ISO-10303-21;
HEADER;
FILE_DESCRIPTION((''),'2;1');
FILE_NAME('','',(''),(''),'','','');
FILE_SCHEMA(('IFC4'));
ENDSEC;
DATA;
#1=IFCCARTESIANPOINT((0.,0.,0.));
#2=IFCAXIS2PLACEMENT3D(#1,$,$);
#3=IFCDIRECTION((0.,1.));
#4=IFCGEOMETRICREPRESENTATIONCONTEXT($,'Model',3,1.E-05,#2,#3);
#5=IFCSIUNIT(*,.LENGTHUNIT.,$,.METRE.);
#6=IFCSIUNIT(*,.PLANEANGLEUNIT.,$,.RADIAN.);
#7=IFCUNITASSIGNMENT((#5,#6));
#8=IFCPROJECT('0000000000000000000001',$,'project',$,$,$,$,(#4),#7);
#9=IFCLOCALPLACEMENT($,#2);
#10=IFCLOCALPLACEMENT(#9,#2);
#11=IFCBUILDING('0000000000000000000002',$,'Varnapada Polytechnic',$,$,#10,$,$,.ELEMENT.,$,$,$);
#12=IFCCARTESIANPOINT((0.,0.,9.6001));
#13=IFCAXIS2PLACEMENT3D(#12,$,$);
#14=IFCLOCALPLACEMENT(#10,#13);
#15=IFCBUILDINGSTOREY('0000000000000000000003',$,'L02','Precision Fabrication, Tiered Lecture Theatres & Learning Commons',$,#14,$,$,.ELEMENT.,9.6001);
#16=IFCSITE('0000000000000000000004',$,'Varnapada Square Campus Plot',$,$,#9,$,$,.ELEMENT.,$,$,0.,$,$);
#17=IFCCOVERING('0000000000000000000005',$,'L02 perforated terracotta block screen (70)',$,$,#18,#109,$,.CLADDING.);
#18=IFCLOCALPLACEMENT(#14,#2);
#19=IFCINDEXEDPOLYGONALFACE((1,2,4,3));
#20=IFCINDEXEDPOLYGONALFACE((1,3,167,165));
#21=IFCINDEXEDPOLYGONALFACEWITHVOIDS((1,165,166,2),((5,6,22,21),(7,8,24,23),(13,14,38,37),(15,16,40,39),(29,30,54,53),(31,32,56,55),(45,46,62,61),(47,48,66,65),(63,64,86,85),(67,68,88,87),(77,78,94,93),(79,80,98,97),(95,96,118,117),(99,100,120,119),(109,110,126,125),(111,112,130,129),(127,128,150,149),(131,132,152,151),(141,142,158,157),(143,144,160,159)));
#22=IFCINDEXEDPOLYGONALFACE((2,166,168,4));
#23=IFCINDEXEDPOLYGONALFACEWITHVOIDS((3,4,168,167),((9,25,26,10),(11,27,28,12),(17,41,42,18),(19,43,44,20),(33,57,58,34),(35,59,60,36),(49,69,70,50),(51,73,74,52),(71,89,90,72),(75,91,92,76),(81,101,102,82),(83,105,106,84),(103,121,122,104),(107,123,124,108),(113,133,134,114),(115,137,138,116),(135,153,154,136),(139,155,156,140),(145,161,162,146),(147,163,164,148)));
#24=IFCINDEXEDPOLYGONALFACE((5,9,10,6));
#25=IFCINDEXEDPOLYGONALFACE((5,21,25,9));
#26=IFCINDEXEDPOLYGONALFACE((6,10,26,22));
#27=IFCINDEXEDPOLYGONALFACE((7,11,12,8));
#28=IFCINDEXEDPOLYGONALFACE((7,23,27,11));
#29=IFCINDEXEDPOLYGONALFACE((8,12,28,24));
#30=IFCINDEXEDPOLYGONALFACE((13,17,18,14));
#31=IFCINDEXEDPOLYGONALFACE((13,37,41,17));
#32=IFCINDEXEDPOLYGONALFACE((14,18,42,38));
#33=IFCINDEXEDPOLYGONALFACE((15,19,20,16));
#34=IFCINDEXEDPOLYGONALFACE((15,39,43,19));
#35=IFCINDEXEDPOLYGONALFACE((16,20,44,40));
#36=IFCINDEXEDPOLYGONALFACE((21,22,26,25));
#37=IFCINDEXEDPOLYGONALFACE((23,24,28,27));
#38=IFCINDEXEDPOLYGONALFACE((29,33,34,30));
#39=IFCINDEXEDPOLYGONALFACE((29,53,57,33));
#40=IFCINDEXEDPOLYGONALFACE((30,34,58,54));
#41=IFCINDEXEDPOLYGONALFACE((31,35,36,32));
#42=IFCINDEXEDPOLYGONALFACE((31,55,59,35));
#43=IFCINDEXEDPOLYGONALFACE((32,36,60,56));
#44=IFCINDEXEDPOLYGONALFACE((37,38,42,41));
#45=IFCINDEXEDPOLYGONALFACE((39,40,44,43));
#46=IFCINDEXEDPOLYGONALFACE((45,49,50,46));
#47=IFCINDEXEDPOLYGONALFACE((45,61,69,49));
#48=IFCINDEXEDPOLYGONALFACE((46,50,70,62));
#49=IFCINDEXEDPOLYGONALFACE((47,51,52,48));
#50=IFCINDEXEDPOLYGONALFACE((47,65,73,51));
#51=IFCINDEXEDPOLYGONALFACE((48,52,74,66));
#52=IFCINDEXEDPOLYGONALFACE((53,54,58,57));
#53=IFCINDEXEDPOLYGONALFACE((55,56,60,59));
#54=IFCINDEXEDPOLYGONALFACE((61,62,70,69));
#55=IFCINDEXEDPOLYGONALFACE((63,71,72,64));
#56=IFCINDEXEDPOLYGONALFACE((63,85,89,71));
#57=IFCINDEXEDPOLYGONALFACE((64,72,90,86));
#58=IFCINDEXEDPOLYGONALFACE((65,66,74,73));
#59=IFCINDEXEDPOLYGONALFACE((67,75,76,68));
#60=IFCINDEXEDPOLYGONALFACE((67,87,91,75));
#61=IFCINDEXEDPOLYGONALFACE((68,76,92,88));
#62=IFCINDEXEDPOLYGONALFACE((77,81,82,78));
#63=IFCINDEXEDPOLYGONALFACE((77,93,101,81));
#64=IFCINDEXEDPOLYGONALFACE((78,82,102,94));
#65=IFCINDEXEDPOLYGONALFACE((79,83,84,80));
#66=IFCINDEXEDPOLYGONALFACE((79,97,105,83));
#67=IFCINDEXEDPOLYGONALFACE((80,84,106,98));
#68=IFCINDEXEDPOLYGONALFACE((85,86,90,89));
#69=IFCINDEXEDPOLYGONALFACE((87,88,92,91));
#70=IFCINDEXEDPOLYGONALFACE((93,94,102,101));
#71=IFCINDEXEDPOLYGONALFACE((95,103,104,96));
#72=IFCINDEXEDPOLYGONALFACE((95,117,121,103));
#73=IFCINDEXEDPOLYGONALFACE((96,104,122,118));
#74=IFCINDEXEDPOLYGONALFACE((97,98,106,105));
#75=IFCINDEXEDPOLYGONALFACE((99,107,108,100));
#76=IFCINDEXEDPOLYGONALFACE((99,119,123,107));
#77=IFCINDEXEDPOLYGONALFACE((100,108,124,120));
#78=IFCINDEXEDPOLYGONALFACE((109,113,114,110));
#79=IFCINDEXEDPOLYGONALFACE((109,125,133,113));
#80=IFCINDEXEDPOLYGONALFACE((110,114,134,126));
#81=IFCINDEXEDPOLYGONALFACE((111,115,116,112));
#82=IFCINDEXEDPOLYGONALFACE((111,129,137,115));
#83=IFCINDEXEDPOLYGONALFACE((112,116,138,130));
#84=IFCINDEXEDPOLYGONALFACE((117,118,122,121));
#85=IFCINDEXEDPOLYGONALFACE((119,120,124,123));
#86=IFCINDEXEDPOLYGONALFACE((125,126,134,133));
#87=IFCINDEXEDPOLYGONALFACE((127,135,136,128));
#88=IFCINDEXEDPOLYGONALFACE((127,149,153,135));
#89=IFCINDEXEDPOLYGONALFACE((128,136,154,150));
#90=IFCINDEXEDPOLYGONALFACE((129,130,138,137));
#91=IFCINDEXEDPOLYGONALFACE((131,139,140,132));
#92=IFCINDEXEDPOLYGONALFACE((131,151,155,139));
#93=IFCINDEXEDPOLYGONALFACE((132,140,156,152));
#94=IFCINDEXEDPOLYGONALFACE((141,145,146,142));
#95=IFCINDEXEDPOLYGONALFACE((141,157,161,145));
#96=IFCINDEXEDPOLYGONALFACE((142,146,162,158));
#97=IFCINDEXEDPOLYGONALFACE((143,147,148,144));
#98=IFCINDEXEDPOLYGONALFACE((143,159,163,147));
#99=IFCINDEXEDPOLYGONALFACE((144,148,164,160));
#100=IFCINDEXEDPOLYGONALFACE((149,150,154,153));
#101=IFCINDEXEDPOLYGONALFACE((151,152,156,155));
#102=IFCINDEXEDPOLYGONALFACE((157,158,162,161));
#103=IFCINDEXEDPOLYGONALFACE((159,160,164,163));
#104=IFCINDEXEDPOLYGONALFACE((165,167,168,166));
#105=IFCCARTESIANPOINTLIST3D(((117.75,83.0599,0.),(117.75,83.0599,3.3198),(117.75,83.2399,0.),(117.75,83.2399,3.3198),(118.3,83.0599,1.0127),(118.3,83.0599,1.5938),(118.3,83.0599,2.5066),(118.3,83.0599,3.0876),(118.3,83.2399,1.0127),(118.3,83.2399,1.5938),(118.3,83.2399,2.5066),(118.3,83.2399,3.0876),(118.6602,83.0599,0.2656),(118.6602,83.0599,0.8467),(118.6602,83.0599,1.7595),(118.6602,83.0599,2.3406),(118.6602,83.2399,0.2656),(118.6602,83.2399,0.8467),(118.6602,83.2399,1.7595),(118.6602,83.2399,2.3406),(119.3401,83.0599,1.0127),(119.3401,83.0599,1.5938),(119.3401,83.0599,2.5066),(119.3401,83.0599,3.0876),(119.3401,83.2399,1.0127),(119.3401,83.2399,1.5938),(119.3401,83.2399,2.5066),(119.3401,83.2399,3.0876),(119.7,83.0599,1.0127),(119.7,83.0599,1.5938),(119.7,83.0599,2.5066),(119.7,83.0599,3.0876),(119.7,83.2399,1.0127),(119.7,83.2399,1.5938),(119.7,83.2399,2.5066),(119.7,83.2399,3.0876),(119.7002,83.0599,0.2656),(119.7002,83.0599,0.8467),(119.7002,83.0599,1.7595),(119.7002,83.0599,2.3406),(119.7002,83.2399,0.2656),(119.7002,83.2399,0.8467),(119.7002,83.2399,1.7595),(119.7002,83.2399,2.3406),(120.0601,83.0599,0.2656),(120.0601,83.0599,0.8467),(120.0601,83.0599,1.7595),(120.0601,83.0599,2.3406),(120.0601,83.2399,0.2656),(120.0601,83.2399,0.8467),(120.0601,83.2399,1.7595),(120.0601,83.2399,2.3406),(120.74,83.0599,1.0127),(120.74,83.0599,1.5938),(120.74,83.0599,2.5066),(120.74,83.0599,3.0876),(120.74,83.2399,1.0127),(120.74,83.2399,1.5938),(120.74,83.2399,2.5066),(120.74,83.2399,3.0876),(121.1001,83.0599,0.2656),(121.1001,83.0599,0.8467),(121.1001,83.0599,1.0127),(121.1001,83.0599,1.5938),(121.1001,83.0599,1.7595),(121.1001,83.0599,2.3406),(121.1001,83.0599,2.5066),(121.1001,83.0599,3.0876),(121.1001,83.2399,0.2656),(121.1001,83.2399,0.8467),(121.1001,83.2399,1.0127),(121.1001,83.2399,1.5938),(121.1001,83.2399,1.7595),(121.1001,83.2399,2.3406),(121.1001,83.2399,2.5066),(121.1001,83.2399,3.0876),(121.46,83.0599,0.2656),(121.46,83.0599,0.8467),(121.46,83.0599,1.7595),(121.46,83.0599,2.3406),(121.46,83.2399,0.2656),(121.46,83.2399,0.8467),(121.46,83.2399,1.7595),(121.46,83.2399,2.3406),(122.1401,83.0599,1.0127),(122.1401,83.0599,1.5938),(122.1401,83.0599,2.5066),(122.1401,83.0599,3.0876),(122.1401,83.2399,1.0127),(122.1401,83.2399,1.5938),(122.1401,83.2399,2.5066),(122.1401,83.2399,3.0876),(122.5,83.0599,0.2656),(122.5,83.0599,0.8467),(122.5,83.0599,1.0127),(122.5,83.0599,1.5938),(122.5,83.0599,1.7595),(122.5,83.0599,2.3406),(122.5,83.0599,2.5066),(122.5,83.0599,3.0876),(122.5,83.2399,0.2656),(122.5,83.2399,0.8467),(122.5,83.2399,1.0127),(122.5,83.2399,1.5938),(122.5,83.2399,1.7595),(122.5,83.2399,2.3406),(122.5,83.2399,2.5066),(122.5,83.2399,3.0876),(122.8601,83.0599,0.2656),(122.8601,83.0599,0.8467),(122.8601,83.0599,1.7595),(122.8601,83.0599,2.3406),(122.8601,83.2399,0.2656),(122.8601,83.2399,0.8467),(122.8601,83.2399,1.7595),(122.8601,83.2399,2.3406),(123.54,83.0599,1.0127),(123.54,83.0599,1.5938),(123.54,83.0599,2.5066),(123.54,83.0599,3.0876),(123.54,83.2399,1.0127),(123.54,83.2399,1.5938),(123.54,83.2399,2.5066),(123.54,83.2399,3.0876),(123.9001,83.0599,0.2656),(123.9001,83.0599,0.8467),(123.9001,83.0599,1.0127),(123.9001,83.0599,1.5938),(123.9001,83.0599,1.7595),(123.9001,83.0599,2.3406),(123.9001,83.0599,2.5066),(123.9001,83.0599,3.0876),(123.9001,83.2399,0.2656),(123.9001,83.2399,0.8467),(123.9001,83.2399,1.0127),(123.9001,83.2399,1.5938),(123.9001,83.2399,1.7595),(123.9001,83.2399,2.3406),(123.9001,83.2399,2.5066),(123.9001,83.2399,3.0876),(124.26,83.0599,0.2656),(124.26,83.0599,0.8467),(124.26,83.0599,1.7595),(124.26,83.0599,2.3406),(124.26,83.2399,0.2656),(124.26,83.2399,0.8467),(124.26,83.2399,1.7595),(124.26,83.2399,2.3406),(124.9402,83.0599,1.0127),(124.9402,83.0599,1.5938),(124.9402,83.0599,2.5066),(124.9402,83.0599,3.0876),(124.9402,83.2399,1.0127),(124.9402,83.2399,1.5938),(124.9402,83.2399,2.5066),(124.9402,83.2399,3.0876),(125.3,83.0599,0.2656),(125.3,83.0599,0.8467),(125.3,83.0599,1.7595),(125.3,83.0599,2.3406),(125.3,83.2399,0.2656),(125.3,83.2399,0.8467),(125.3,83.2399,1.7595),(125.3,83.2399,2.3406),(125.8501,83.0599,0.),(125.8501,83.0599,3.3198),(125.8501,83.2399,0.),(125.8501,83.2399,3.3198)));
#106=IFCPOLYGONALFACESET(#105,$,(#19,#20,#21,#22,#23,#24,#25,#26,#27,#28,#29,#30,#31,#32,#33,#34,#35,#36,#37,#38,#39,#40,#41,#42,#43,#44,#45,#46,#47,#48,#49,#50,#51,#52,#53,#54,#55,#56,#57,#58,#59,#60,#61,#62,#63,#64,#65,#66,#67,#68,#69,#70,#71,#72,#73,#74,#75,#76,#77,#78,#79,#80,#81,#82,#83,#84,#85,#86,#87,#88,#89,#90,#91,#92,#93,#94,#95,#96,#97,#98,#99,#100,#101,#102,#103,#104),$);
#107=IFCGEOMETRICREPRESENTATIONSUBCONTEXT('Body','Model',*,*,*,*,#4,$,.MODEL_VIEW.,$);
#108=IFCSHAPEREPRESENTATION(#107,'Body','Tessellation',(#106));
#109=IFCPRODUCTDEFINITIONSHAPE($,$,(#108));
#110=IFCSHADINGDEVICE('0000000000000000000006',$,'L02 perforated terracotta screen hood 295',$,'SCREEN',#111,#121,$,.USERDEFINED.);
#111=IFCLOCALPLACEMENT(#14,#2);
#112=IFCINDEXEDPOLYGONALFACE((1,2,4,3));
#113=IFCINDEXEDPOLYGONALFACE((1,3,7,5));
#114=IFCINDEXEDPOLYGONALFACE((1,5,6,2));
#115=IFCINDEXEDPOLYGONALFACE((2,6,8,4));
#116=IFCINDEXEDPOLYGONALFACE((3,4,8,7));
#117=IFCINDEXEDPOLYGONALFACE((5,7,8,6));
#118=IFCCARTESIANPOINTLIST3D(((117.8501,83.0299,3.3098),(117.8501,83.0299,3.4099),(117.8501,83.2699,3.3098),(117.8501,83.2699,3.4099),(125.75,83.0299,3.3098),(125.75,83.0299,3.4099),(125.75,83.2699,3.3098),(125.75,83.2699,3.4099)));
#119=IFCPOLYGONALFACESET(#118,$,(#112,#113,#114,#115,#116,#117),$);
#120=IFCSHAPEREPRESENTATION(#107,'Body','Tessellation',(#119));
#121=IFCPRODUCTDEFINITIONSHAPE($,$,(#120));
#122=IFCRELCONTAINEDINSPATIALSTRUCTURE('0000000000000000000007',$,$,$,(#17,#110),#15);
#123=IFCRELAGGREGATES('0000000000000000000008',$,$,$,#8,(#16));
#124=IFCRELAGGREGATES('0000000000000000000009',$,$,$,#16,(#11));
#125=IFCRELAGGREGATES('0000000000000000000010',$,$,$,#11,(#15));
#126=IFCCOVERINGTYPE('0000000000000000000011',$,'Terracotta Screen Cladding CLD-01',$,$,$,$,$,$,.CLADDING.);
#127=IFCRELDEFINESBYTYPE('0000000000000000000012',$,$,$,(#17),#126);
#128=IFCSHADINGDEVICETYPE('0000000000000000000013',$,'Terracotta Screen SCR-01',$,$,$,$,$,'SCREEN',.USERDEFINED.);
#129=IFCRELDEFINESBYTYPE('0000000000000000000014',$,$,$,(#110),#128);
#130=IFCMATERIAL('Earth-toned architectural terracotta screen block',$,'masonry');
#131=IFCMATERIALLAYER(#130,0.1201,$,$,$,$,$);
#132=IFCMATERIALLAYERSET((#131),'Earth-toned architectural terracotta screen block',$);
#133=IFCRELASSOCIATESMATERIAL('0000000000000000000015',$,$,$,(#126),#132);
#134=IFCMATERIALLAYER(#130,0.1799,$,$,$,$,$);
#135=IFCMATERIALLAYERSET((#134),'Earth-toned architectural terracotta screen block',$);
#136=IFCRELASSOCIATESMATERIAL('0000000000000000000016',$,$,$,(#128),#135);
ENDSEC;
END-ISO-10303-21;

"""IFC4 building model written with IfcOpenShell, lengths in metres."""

from ifc_helpers import new_model, si_unit, direction, frame, frame_2d, origin, origin_2d, place, context, subcontext, project, spatial, rectangle, extrude, material, layer, layer_set, type_object, element, save


model = new_model("IFC4")

# Units and contexts
model_context = context("Model", 3, precision=1e-05, world=origin(), true_north=direction((0.0, 1.0)))
body_context = subcontext(model_context, "Body", "Model", "MODEL_VIEW")
ifc_project = project(units=[si_unit("LENGTHUNIT", "METRE"), si_unit("PLANEANGLEUNIT", "RADIAN")], contexts=[model_context])

# Site, building, storey
site_placement = place(None, origin())
site = spatial("IfcSite", under=ifc_project, at=site_placement, Name="Varnapada Square Campus Plot", CompositionType="ELEMENT", RefElevation=0.0)
building_placement = place(site_placement, origin())
building = spatial("IfcBuilding", under=site, at=building_placement, Name="Varnapada Polytechnic", CompositionType="ELEMENT")
storey_placement = place(building_placement, frame((0.0, 0.0, 9.6001)))
storey = spatial("IfcBuildingStorey", under=building, at=storey_placement, Name="L02", Description="Precision Fabrication, Tiered Lecture Theatres & Learning Commons", CompositionType="ELEMENT", Elevation=9.6001)

# Covering, openings
ifc_material_1 = material(Name="Earth-toned architectural terracotta screen block", Category="masonry")
ifc_layer_1 = layer(ifc_material_1, 0.1201)
ifc_layer_set_1 = layer_set([ifc_layer_1], Name="Earth-toned architectural terracotta screen block")
covering_type = type_object("IfcCoveringType", Name="Terracotta Screen Cladding CLD-01", PredefinedType="CLADDING", material=ifc_layer_set_1)
covering_placement = place(storey_placement, frame((125.8501, 83.1499, 0.0), z_axis=(0.0, 0.0, 1.0), x_axis=(-1.0, 0.0, 0.0)))
covering = element("IfcCovering", 1, at=covering_placement, inside=storey, type_object=covering_type, Name="L02 perforated terracotta block screen (70)", PredefinedType="CLADDING", context=body_context, shape_type="SweptSolid", body=[
    extrude(rectangle(XDim=8.1001, YDim=0.1799, at=frame_2d((4.05, 0.0))), origin(), (0.0, 0.0, 1.0), 3.3198),
])
opening_1_placement = place(covering_placement, frame((0.55, 0.0, 0.2656)))
element("IfcOpeningElement", 2, at=opening_1_placement, cuts=covering, PredefinedType="OPENING", context=body_context, shape_type="SweptSolid", body=[
    extrude(rectangle(XDim=1.04, YDim=0.5811, at=frame_2d((0.52, 0.2905))), frame((0.0, 0.0999, 0.0), z_axis=(0.0, -1.0, 0.0), x_axis=(1.0, 0.0, 0.0)), (0.0, 0.0, 1.0), 0.2),
])
opening_2_placement = place(covering_placement, frame((1.95, 0.0, 0.2656)))
element("IfcOpeningElement", 3, at=opening_2_placement, cuts=covering, PredefinedType="OPENING", context=body_context, shape_type="SweptSolid", body=[
    extrude(rectangle(XDim=1.04, YDim=0.5811, at=frame_2d((0.52, 0.2905))), frame((0.0, 0.0999, 0.0), z_axis=(0.0, -1.0, 0.0), x_axis=(1.0, 0.0, 0.0)), (0.0, 0.0, 1.0), 0.2),
])
opening_3_placement = place(covering_placement, frame((3.3501, 0.0, 0.2656)))
element("IfcOpeningElement", 4, at=opening_3_placement, cuts=covering, PredefinedType="OPENING", context=body_context, shape_type="SweptSolid", body=[
    extrude(rectangle(XDim=1.04, YDim=0.5811, at=frame_2d((0.52, 0.2905))), frame((0.0, 0.0999, 0.0), z_axis=(0.0, -1.0, 0.0), x_axis=(1.0, 0.0, 0.0)), (0.0, 0.0, 1.0), 0.2),
])
opening_4_placement = place(covering_placement, frame((4.75, 0.0, 0.2656)))
element("IfcOpeningElement", 5, at=opening_4_placement, cuts=covering, PredefinedType="OPENING", context=body_context, shape_type="SweptSolid", body=[
    extrude(rectangle(XDim=1.04, YDim=0.5811, at=frame_2d((0.52, 0.2905))), frame((0.0, 0.0999, 0.0), z_axis=(0.0, -1.0, 0.0), x_axis=(1.0, 0.0, 0.0)), (0.0, 0.0, 1.0), 0.2),
])
opening_5_placement = place(covering_placement, frame((6.1499, 0.0, 0.2656)))
element("IfcOpeningElement", 6, at=opening_5_placement, cuts=covering, PredefinedType="OPENING", context=body_context, shape_type="SweptSolid", body=[
    extrude(rectangle(XDim=1.04, YDim=0.5811, at=frame_2d((0.52, 0.2905))), frame((0.0, 0.0999, 0.0), z_axis=(0.0, -1.0, 0.0), x_axis=(1.0, 0.0, 0.0)), (0.0, 0.0, 1.0), 0.2),
])
opening_6_placement = place(covering_placement, frame((0.9099, 0.0, 1.0127)))
element("IfcOpeningElement", 7, at=opening_6_placement, cuts=covering, PredefinedType="OPENING", context=body_context, shape_type="SweptSolid", body=[
    extrude(rectangle(XDim=1.04, YDim=0.5811, at=frame_2d((0.52, 0.2905))), frame((0.0, 0.0999, 0.0), z_axis=(0.0, -1.0, 0.0), x_axis=(1.0, 0.0, 0.0)), (0.0, 0.0, 1.0), 0.2),
])
opening_7_placement = place(covering_placement, frame((2.3101, 0.0, 1.0127)))
element("IfcOpeningElement", 8, at=opening_7_placement, cuts=covering, PredefinedType="OPENING", context=body_context, shape_type="SweptSolid", body=[
    extrude(rectangle(XDim=1.04, YDim=0.5811, at=frame_2d((0.52, 0.2905))), frame((0.0, 0.0999, 0.0), z_axis=(0.0, -1.0, 0.0), x_axis=(1.0, 0.0, 0.0)), (0.0, 0.0, 1.0), 0.2),
])
opening_8_placement = place(covering_placement, frame((3.71, 0.0, 1.0127)))
element("IfcOpeningElement", 9, at=opening_8_placement, cuts=covering, PredefinedType="OPENING", context=body_context, shape_type="SweptSolid", body=[
    extrude(rectangle(XDim=1.04, YDim=0.5811, at=frame_2d((0.52, 0.2905))), frame((0.0, 0.0999, 0.0), z_axis=(0.0, -1.0, 0.0), x_axis=(1.0, 0.0, 0.0)), (0.0, 0.0, 1.0), 0.2),
])
opening_9_placement = place(covering_placement, frame((5.1101, 0.0, 1.0127)))
element("IfcOpeningElement", 10, at=opening_9_placement, cuts=covering, PredefinedType="OPENING", context=body_context, shape_type="SweptSolid", body=[
    extrude(rectangle(XDim=1.04, YDim=0.5811, at=frame_2d((0.52, 0.2905))), frame((0.0, 0.0999, 0.0), z_axis=(0.0, -1.0, 0.0), x_axis=(1.0, 0.0, 0.0)), (0.0, 0.0, 1.0), 0.2),
])
opening_10_placement = place(covering_placement, frame((6.51, 0.0, 1.0127)))
element("IfcOpeningElement", 11, at=opening_10_placement, cuts=covering, PredefinedType="OPENING", context=body_context, shape_type="SweptSolid", body=[
    extrude(rectangle(XDim=1.04, YDim=0.5811, at=frame_2d((0.52, 0.2905))), frame((0.0, 0.0999, 0.0), z_axis=(0.0, -1.0, 0.0), x_axis=(1.0, 0.0, 0.0)), (0.0, 0.0, 1.0), 0.2),
])
opening_11_placement = place(covering_placement, frame((0.55, 0.0, 1.7595)))
element("IfcOpeningElement", 12, at=opening_11_placement, cuts=covering, PredefinedType="OPENING", context=body_context, shape_type="SweptSolid", body=[
    extrude(rectangle(XDim=1.04, YDim=0.5811, at=frame_2d((0.52, 0.2905))), frame((0.0, 0.0999, 0.0), z_axis=(0.0, -1.0, 0.0), x_axis=(1.0, 0.0, 0.0)), (0.0, 0.0, 1.0), 0.2),
])
opening_12_placement = place(covering_placement, frame((1.95, 0.0, 1.7595)))
element("IfcOpeningElement", 13, at=opening_12_placement, cuts=covering, PredefinedType="OPENING", context=body_context, shape_type="SweptSolid", body=[
    extrude(rectangle(XDim=1.04, YDim=0.5811, at=frame_2d((0.52, 0.2905))), frame((0.0, 0.0999, 0.0), z_axis=(0.0, -1.0, 0.0), x_axis=(1.0, 0.0, 0.0)), (0.0, 0.0, 1.0), 0.2),
])
opening_13_placement = place(covering_placement, frame((3.3501, 0.0, 1.7595)))
element("IfcOpeningElement", 14, at=opening_13_placement, cuts=covering, PredefinedType="OPENING", context=body_context, shape_type="SweptSolid", body=[
    extrude(rectangle(XDim=1.04, YDim=0.5811, at=frame_2d((0.52, 0.2905))), frame((0.0, 0.0999, 0.0), z_axis=(0.0, -1.0, 0.0), x_axis=(1.0, 0.0, 0.0)), (0.0, 0.0, 1.0), 0.2),
])
opening_14_placement = place(covering_placement, frame((4.75, 0.0, 1.7595)))
element("IfcOpeningElement", 15, at=opening_14_placement, cuts=covering, PredefinedType="OPENING", context=body_context, shape_type="SweptSolid", body=[
    extrude(rectangle(XDim=1.04, YDim=0.5811, at=frame_2d((0.52, 0.2905))), frame((0.0, 0.0999, 0.0), z_axis=(0.0, -1.0, 0.0), x_axis=(1.0, 0.0, 0.0)), (0.0, 0.0, 1.0), 0.2),
])
opening_15_placement = place(covering_placement, frame((6.1499, 0.0, 1.7595)))
element("IfcOpeningElement", 16, at=opening_15_placement, cuts=covering, PredefinedType="OPENING", context=body_context, shape_type="SweptSolid", body=[
    extrude(rectangle(XDim=1.04, YDim=0.5811, at=frame_2d((0.52, 0.2905))), frame((0.0, 0.0999, 0.0), z_axis=(0.0, -1.0, 0.0), x_axis=(1.0, 0.0, 0.0)), (0.0, 0.0, 1.0), 0.2),
])
opening_16_placement = place(covering_placement, frame((0.9099, 0.0, 2.5066)))
element("IfcOpeningElement", 17, at=opening_16_placement, cuts=covering, PredefinedType="OPENING", context=body_context, shape_type="SweptSolid", body=[
    extrude(rectangle(XDim=1.04, YDim=0.5811, at=frame_2d((0.52, 0.2905))), frame((0.0, 0.0999, 0.0), z_axis=(0.0, -1.0, 0.0), x_axis=(1.0, 0.0, 0.0)), (0.0, 0.0, 1.0), 0.2),
])
opening_17_placement = place(covering_placement, frame((2.3101, 0.0, 2.5066)))
element("IfcOpeningElement", 18, at=opening_17_placement, cuts=covering, PredefinedType="OPENING", context=body_context, shape_type="SweptSolid", body=[
    extrude(rectangle(XDim=1.04, YDim=0.5811, at=frame_2d((0.52, 0.2905))), frame((0.0, 0.0999, 0.0), z_axis=(0.0, -1.0, 0.0), x_axis=(1.0, 0.0, 0.0)), (0.0, 0.0, 1.0), 0.2),
])
opening_18_placement = place(covering_placement, frame((3.71, 0.0, 2.5066)))
element("IfcOpeningElement", 19, at=opening_18_placement, cuts=covering, PredefinedType="OPENING", context=body_context, shape_type="SweptSolid", body=[
    extrude(rectangle(XDim=1.04, YDim=0.5811, at=frame_2d((0.52, 0.2905))), frame((0.0, 0.0999, 0.0), z_axis=(0.0, -1.0, 0.0), x_axis=(1.0, 0.0, 0.0)), (0.0, 0.0, 1.0), 0.2),
])
opening_19_placement = place(covering_placement, frame((5.1101, 0.0, 2.5066)))
element("IfcOpeningElement", 20, at=opening_19_placement, cuts=covering, PredefinedType="OPENING", context=body_context, shape_type="SweptSolid", body=[
    extrude(rectangle(XDim=1.04, YDim=0.5811, at=frame_2d((0.52, 0.2905))), frame((0.0, 0.0999, 0.0), z_axis=(0.0, -1.0, 0.0), x_axis=(1.0, 0.0, 0.0)), (0.0, 0.0, 1.0), 0.2),
])
opening_20_placement = place(covering_placement, frame((6.51, 0.0, 2.5066)))
element("IfcOpeningElement", 21, at=opening_20_placement, cuts=covering, PredefinedType="OPENING", context=body_context, shape_type="SweptSolid", body=[
    extrude(rectangle(XDim=1.04, YDim=0.5811, at=frame_2d((0.52, 0.2905))), frame((0.0, 0.0999, 0.0), z_axis=(0.0, -1.0, 0.0), x_axis=(1.0, 0.0, 0.0)), (0.0, 0.0, 1.0), 0.2),
])

# Shading device
ifc_layer_2 = layer(ifc_material_1, 0.1799)
ifc_layer_set_2 = layer_set([ifc_layer_2], Name="Earth-toned architectural terracotta screen block")
shading_device_type_1 = type_object("IfcShadingDeviceType", Name="Terracotta Screen SCR-01", ElementType="SCREEN", PredefinedType="USERDEFINED", material=ifc_layer_set_2)
for number, where, z_axis, x_axis, name in (
    (22, (121.8, 83.1499, 3.3098), (0.0, 0.0, 1.0), (-1.0, 0.0, 0.0), "L02 perforated terracotta screen hood 295"),
):
    element("IfcShadingDevice", number, at=place(storey_placement, frame(where, z_axis=z_axis, x_axis=x_axis)), inside=storey, type_object=shading_device_type_1, Name=name, ObjectType="SCREEN", PredefinedType="USERDEFINED", context=body_context, shape_type="SweptSolid", body=[
        extrude(rectangle(XDim=7.8999, YDim=0.24, at=origin_2d()), origin(), (0.0, 0.0, 1.0), 0.1001),
    ])

save(model, "model.ifc")
